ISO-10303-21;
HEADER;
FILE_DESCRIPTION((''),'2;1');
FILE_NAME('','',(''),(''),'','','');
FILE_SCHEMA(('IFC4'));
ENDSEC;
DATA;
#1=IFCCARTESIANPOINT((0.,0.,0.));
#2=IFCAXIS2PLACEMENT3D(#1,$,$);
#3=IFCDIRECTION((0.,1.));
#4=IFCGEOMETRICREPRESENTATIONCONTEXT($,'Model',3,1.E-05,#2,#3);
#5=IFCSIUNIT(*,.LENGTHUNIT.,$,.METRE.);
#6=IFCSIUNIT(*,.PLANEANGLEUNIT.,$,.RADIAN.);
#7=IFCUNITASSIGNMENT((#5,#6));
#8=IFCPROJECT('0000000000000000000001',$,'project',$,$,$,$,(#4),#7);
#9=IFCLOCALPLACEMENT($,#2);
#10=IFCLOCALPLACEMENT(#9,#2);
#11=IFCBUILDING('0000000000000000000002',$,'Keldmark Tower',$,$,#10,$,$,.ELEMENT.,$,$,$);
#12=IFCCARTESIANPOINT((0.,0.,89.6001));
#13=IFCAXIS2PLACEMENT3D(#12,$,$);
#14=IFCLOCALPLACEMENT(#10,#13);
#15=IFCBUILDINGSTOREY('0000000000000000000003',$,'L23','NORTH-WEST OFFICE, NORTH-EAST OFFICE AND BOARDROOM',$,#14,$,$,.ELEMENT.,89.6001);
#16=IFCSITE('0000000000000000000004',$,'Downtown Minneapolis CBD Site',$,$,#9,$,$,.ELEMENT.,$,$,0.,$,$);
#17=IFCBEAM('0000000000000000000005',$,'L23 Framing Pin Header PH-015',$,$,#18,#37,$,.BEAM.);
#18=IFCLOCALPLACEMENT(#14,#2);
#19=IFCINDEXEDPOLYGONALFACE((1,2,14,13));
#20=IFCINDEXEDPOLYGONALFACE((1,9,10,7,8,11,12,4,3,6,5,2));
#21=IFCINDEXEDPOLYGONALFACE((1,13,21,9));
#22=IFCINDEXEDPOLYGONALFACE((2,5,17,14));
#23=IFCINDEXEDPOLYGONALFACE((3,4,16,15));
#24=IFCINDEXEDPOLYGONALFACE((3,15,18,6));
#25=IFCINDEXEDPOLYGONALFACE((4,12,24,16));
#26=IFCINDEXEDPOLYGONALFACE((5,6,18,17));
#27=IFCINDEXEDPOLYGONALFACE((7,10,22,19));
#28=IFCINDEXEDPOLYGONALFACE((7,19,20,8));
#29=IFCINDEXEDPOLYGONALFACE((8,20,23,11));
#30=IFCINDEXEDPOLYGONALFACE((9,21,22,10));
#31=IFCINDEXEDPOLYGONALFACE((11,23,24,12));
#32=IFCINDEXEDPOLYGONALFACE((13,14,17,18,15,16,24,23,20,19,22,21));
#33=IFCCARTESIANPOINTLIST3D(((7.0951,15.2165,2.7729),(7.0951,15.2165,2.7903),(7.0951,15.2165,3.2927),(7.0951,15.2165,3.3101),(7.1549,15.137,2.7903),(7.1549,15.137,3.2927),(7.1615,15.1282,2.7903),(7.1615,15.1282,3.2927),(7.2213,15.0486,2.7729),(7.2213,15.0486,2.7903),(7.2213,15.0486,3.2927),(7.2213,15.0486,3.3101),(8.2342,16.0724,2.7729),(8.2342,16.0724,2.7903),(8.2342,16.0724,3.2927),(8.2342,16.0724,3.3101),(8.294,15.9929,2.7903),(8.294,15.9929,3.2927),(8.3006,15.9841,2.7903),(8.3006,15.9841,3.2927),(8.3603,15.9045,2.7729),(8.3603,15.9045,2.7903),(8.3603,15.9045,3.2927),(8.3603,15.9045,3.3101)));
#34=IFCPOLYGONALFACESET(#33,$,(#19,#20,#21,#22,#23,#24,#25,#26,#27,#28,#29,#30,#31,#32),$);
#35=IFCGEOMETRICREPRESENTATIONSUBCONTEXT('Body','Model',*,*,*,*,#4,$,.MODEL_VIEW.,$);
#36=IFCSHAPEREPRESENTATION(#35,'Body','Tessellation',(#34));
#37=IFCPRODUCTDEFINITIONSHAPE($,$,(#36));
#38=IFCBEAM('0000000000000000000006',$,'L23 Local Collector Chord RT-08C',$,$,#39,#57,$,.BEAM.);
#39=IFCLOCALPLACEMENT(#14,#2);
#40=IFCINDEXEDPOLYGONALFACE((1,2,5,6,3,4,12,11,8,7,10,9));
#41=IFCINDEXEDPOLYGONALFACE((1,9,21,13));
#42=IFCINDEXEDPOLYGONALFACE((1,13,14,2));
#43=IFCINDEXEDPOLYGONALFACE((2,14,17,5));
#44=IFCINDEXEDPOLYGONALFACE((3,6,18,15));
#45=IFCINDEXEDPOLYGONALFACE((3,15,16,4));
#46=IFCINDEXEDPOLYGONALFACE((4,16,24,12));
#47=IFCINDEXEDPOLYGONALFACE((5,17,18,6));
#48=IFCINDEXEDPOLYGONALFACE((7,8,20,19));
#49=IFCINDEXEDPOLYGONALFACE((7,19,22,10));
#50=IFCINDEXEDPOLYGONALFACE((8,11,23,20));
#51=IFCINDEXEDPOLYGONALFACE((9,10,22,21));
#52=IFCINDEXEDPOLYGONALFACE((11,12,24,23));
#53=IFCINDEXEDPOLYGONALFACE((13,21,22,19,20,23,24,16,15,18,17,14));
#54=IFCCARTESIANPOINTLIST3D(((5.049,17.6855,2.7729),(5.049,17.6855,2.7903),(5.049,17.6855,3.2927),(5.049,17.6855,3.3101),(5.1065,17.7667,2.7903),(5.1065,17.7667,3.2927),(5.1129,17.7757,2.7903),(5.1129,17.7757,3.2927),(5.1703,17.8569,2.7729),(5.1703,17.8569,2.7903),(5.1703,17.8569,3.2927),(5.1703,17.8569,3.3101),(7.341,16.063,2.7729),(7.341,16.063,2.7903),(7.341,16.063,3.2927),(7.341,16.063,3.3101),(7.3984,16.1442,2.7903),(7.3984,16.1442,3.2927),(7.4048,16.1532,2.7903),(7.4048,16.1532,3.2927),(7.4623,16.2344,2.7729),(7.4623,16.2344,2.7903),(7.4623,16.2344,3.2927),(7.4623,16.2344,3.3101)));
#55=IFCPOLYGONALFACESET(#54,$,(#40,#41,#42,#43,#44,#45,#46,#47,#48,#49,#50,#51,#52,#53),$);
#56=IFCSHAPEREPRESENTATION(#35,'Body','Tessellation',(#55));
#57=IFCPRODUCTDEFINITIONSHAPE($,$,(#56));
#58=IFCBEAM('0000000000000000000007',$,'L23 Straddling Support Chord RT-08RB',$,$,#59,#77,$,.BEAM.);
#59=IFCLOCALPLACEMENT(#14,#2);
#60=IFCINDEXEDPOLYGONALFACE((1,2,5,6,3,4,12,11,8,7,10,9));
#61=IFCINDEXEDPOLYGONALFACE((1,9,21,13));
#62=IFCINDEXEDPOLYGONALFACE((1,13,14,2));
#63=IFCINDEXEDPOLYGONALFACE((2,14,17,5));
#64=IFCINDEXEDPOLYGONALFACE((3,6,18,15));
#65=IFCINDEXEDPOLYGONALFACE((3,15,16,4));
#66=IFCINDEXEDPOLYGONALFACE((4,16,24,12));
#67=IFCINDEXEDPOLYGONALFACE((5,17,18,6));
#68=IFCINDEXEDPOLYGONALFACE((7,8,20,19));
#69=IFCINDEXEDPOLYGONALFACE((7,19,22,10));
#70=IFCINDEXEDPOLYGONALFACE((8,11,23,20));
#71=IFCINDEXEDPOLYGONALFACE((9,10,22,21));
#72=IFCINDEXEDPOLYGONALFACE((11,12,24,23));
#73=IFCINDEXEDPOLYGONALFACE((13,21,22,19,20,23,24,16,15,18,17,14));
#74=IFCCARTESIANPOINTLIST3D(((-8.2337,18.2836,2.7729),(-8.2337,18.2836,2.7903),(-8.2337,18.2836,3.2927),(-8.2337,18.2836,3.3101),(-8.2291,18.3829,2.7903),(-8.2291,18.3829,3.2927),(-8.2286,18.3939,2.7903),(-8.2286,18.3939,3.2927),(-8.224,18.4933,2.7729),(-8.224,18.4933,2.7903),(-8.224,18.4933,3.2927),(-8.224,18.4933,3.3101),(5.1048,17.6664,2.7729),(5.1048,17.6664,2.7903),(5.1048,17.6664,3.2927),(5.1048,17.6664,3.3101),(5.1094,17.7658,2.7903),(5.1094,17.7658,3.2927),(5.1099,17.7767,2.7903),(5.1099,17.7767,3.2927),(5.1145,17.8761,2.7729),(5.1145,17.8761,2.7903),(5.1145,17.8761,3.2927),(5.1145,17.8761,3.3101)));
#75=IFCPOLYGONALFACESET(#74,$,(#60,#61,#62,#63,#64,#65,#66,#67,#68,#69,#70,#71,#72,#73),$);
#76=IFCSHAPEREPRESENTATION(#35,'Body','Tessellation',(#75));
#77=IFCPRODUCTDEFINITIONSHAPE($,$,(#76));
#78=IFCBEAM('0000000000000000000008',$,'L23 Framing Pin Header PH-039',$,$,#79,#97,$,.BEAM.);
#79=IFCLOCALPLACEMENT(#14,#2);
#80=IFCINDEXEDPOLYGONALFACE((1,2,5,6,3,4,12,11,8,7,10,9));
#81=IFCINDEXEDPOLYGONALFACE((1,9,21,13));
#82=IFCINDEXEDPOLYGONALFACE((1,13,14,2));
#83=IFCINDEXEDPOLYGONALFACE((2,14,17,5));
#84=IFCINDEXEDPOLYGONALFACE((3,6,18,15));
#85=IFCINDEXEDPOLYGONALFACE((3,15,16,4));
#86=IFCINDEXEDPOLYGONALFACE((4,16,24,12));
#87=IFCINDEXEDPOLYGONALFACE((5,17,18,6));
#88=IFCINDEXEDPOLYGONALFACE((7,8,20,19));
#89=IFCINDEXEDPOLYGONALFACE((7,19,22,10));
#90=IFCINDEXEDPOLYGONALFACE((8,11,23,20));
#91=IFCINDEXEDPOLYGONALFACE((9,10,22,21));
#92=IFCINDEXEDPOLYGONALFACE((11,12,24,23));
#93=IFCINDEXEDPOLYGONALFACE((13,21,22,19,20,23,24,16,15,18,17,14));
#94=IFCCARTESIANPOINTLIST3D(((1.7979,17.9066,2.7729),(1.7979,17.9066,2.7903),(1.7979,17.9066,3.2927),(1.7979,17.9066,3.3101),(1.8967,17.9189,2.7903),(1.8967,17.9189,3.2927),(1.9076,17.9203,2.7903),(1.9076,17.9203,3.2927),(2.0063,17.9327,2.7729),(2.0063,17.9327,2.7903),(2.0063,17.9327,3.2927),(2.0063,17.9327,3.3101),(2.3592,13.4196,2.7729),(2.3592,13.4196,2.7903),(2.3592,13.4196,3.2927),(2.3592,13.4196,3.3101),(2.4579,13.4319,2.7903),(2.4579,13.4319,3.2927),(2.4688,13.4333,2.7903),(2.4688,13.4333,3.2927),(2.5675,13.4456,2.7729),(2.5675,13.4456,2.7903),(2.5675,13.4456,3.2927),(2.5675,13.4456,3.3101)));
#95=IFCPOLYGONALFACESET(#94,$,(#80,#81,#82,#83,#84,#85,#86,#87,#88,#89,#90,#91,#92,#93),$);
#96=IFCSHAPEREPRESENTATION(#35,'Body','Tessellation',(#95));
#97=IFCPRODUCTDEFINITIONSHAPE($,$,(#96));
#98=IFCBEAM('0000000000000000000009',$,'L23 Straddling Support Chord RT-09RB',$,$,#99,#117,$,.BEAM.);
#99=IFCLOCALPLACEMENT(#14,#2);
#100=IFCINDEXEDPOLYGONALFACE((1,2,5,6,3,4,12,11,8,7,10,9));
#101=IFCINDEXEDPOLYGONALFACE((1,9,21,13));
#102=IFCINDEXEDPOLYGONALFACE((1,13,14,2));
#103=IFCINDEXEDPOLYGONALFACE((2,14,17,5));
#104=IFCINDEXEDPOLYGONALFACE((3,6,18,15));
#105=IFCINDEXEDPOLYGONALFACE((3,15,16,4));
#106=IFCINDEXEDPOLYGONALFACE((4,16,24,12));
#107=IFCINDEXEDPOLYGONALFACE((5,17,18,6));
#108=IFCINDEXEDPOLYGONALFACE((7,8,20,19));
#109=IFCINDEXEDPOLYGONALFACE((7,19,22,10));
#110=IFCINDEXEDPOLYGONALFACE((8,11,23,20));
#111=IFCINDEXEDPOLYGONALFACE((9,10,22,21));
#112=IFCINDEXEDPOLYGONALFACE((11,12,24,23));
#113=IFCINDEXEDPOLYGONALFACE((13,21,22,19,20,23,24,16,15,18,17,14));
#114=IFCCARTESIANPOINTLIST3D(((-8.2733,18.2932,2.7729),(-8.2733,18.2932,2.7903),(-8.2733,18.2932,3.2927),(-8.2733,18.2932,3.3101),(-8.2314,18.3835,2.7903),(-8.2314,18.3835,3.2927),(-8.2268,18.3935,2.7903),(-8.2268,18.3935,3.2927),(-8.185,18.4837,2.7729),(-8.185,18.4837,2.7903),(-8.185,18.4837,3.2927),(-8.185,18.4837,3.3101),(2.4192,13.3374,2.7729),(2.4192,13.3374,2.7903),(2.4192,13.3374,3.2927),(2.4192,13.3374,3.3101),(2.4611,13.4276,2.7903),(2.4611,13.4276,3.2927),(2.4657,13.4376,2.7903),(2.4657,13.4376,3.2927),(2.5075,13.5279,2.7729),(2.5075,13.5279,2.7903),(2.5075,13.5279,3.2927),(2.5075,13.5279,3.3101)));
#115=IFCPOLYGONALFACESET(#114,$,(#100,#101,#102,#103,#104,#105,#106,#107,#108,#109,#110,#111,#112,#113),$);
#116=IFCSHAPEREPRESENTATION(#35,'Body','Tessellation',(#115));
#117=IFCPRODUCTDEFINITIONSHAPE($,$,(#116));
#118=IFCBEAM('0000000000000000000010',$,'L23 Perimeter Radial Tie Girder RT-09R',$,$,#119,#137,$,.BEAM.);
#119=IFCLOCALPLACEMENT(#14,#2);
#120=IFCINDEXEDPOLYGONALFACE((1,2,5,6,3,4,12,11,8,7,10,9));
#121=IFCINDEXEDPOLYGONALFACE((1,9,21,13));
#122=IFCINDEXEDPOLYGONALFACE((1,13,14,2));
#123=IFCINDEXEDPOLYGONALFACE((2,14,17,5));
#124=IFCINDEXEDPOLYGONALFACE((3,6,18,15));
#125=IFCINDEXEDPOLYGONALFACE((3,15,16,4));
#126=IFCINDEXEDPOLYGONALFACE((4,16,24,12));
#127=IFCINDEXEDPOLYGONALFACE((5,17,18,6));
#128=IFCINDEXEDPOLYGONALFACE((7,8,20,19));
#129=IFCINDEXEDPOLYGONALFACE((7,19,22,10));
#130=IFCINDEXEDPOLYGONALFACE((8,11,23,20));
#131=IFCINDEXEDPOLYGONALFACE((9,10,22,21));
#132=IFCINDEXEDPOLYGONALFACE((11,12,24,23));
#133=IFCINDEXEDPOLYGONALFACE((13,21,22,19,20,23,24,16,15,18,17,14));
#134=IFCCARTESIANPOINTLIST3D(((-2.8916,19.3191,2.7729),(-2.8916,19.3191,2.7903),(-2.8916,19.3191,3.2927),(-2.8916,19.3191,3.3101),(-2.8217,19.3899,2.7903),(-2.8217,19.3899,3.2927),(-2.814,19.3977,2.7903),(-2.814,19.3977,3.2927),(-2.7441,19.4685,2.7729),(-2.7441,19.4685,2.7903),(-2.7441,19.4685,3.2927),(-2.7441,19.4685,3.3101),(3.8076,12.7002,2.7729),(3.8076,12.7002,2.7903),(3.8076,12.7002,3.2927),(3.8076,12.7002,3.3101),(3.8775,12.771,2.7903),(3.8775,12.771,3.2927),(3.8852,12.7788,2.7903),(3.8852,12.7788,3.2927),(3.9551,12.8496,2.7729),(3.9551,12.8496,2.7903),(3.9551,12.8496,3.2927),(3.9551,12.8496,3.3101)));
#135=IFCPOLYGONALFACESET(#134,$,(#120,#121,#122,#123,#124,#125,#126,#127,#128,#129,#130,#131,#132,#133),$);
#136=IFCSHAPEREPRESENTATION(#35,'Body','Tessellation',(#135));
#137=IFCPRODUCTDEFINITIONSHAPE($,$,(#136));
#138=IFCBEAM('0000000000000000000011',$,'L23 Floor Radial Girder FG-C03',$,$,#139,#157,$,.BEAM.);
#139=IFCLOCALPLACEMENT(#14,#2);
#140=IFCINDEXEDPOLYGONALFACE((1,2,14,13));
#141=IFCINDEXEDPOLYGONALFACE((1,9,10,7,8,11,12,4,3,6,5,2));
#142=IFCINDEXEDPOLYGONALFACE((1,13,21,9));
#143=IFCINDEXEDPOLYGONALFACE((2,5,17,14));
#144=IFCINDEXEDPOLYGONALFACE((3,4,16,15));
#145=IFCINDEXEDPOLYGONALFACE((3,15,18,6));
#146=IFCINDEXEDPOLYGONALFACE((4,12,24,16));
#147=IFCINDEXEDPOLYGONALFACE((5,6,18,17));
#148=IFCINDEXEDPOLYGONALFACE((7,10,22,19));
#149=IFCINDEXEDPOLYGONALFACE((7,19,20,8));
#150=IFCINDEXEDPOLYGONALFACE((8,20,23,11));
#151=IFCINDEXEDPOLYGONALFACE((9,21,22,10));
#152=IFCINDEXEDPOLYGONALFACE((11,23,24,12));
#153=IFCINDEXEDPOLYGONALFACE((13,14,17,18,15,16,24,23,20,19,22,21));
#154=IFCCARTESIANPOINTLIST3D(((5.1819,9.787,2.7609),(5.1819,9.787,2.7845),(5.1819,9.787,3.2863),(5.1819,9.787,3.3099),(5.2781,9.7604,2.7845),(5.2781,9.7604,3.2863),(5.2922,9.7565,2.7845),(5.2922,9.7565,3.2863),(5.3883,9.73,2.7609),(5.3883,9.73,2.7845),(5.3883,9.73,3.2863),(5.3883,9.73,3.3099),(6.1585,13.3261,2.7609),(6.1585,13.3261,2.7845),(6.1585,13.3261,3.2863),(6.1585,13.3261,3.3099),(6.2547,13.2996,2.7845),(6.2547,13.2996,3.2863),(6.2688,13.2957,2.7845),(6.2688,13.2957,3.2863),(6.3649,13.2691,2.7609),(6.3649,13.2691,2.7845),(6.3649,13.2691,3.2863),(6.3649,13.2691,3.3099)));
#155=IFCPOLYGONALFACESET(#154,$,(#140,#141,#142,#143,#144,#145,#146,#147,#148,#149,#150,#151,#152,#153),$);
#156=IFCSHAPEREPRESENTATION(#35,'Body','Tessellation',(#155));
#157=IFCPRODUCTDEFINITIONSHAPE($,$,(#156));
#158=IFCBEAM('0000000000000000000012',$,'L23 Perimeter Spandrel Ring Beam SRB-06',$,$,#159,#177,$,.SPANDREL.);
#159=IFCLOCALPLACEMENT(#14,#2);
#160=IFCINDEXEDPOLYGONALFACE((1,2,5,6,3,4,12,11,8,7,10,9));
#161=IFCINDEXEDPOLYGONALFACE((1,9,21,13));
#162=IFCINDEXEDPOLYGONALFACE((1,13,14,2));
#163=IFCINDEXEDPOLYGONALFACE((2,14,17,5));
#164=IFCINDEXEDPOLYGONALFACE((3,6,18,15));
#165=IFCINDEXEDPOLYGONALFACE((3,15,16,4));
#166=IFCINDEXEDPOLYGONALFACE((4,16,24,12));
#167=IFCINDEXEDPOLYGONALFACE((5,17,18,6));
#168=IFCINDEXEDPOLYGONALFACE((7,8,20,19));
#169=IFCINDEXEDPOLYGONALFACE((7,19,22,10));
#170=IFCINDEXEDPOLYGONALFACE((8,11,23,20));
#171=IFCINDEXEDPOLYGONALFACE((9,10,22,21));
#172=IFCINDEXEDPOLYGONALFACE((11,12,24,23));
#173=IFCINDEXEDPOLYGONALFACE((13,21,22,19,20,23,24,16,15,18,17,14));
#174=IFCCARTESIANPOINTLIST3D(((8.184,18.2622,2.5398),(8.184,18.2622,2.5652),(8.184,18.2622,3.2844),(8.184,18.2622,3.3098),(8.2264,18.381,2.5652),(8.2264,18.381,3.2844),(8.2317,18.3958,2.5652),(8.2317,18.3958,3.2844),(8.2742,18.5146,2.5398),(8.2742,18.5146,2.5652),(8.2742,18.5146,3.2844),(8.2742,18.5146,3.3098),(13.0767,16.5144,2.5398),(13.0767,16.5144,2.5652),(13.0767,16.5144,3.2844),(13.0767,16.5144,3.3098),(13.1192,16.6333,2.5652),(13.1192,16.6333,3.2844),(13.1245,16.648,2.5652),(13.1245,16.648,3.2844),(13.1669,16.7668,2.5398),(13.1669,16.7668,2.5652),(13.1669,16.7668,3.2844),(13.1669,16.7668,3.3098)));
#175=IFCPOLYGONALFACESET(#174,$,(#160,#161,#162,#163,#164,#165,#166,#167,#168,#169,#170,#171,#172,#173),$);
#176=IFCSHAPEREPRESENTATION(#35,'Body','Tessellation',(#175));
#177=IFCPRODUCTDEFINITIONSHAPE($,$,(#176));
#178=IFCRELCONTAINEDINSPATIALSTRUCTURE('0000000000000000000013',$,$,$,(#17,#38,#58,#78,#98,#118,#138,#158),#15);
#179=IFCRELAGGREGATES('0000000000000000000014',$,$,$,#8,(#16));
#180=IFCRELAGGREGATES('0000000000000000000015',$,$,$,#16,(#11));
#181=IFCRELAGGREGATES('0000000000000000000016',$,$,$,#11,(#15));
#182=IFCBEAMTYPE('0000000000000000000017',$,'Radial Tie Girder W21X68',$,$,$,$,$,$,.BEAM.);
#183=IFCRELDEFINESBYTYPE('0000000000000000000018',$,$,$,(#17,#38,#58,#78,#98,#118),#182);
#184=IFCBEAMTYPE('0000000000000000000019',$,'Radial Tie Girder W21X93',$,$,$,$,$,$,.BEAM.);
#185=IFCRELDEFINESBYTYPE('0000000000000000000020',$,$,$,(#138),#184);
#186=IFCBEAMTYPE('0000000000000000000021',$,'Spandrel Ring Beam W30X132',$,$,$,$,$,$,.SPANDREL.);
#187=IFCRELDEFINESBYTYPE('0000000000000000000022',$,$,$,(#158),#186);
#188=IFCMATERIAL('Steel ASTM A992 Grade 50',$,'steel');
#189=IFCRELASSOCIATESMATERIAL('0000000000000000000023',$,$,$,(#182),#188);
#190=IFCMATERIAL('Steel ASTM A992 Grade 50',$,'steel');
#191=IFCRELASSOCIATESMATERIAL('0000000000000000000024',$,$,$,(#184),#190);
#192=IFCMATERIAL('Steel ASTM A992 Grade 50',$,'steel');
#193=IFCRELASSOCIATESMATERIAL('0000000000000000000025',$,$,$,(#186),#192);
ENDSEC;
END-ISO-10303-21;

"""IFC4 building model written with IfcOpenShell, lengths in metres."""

from ifc_helpers import new_model, si_unit, direction, frame, origin, origin_2d, place, context, subcontext, project, spatial, i_section, extrude, material, material_profile, profile_set, type_object, element, save


model = new_model("IFC4")

# Units and contexts
model_context = context("Model", 3, precision=1e-05, world=origin(), true_north=direction((0.0, 1.0)))
body_context = subcontext(model_context, "Body", "Model", "MODEL_VIEW")
ifc_project = project(units=[si_unit("LENGTHUNIT", "METRE"), si_unit("PLANEANGLEUNIT", "RADIAN")], contexts=[model_context])

# Site, building, storey
site_placement = place(None, origin())
site = spatial("IfcSite", under=ifc_project, at=site_placement, Name="Downtown Minneapolis CBD Site", CompositionType="ELEMENT", RefElevation=0.0)
building_placement = place(site_placement, origin())
building = spatial("IfcBuilding", under=site, at=building_placement, Name="Keldmark Tower", CompositionType="ELEMENT")
storey_placement = place(building_placement, frame((0.0, 0.0, 89.6001)))
storey = spatial("IfcBuildingStorey", under=building, at=storey_placement, Name="L23", Description="NORTH-WEST OFFICE, NORTH-EAST OFFICE AND BOARDROOM", CompositionType="ELEMENT", Elevation=89.6001)

# Beams
ifc_material_1 = material(Name="Steel ASTM A992 Grade 50", Category="steel")
ifc_material_profile_1 = material_profile(ifc_material_1, i_section(OverallWidth=0.21, OverallDepth=0.5371, WebThickness=0.011, FlangeThickness=0.0173, at=origin_2d()), Name="W21X68")
ifc_profile_set_1 = profile_set([ifc_material_profile_1], Name="Steel ASTM A992 Grade 50")
beam_type_1 = type_object("IfcBeamType", Name="Radial Tie Girder W21X68", PredefinedType="BEAM", material=ifc_profile_set_1)
beam_1_placement = place(storey_placement, frame((7.1582, 15.1326, 3.0415), z_axis=(0.799465, 0.600713, 0.0), x_axis=(-0.600713, 0.799465, 0.0)))
element("IfcBeam", 1, at=beam_1_placement, inside=storey, type_object=beam_type_1, Name="L23 Framing Pin Header PH-015", PredefinedType="BEAM", context=body_context, shape_type="SweptSolid", body=[
    extrude(i_section(OverallWidth=0.21, OverallDepth=0.5371, WebThickness=0.011, FlangeThickness=0.0173, at=origin_2d()), origin(), (0.0, 0.0, 1.0), 1.4248),
])
beam_2_placement = place(storey_placement, frame((7.4016, 16.1487, 3.0415), z_axis=(-0.816182, 0.577795, 0.0), x_axis=(-0.577795, -0.816182, 0.0)))
element("IfcBeam", 2, at=beam_2_placement, inside=storey, type_object=beam_type_1, Name="L23 Local Collector Chord RT-08C", PredefinedType="BEAM", context=body_context, shape_type="SweptSolid", body=[
    extrude(i_section(OverallWidth=0.21, OverallDepth=0.5371, WebThickness=0.011, FlangeThickness=0.0173, at=origin_2d()), origin(), (0.0, 0.0, 1.0), 2.8081),
])
beam_3_placement = place(storey_placement, frame((5.1096, 17.7712, 3.0415), z_axis=(-0.998931, 0.046221, 0.0), x_axis=(-0.046221, -0.998931, 0.0)))
element("IfcBeam", 3, at=beam_3_placement, inside=storey, type_object=beam_type_1, Name="L23 Straddling Support Chord RT-08RB", PredefinedType="BEAM", context=body_context, shape_type="SweptSolid", body=[
    extrude(i_section(OverallWidth=0.21, OverallDepth=0.5371, WebThickness=0.011, FlangeThickness=0.0173, at=origin_2d()), origin(), (0.0, 0.0, 1.0), 13.3528),
])
beam_4_placement = place(storey_placement, frame((2.4634, 13.4326, 3.0415), z_axis=(-0.124121, 0.992267, 0.0), x_axis=(-0.992267, -0.124121, 0.0)))
element("IfcBeam", 4, at=beam_4_placement, inside=storey, type_object=beam_type_1, Name="L23 Framing Pin Header PH-039", PredefinedType="BEAM", context=body_context, shape_type="SweptSolid", body=[
    extrude(i_section(OverallWidth=0.21, OverallDepth=0.5371, WebThickness=0.011, FlangeThickness=0.0173, at=origin_2d()), origin(), (0.0, 0.0, 1.0), 4.522),
])
beam_5_placement = place(storey_placement, frame((2.4634, 13.4326, 3.0415), z_axis=(-0.907285, 0.420517, 0.0), x_axis=(-0.420517, -0.907285, 0.0)))
element("IfcBeam", 5, at=beam_5_placement, inside=storey, type_object=beam_type_1, Name="L23 Straddling Support Chord RT-09RB", PredefinedType="BEAM", context=body_context, shape_type="SweptSolid", body=[
    extrude(i_section(OverallWidth=0.21, OverallDepth=0.5371, WebThickness=0.011, FlangeThickness=0.0173, at=origin_2d()), origin(), (0.0, 0.0, 1.0), 11.7852),
])
beam_6_placement = place(storey_placement, frame((3.8813, 12.7749, 3.0415), z_axis=(-0.711358, 0.702829, 0.0), x_axis=(-0.702829, -0.711358, 0.0)))
element("IfcBeam", 6, at=beam_6_placement, inside=storey, type_object=beam_type_1, Name="L23 Perimeter Radial Tie Girder RT-09R", PredefinedType="BEAM", context=body_context, shape_type="SweptSolid", body=[
    extrude(i_section(OverallWidth=0.21, OverallDepth=0.5371, WebThickness=0.011, FlangeThickness=0.0173, at=origin_2d()), origin(), (0.0, 0.0, 1.0), 9.4175),
])
ifc_material_2 = material(Name="Steel ASTM A992 Grade 50", Category="steel")
ifc_material_profile_2 = material_profile(ifc_material_2, i_section(OverallWidth=0.2141, OverallDepth=0.5491, WebThickness=0.0146, FlangeThickness=0.0237, at=origin_2d()), Name="W21X93")
ifc_profile_set_2 = profile_set([ifc_material_profile_2], Name="Steel ASTM A992 Grade 50")
beam_type_2 = type_object("IfcBeamType", Name="Radial Tie Girder W21X93", PredefinedType="BEAM", material=ifc_profile_set_2)
beam_7_placement = place(storey_placement, frame((6.2617, 13.2976, 3.0354), z_axis=(-0.265997, -0.963974, 0.0), x_axis=(0.963974, -0.265997, 0.0)))
element("IfcBeam", 7, at=beam_7_placement, inside=storey, type_object=beam_type_2, Name="L23 Floor Radial Girder FG-C03", PredefinedType="BEAM", context=body_context, shape_type="SweptSolid", body=[
    extrude(i_section(OverallWidth=0.2141, OverallDepth=0.5491, WebThickness=0.0146, FlangeThickness=0.0237, at=origin_2d()), origin(), (0.0, 0.0, 1.0), 3.6714),
])
ifc_material_3 = material(Name="Steel ASTM A992 Grade 50", Category="steel")
ifc_material_profile_3 = material_profile(ifc_material_3, i_section(OverallWidth=0.2681, OverallDepth=0.77, WebThickness=0.0156, FlangeThickness=0.0254, at=origin_2d()), Name="W30X132")
ifc_profile_set_3 = profile_set([ifc_material_profile_3], Name="Steel ASTM A992 Grade 50")
beam_type_3 = type_object("IfcBeamType", Name="Spandrel Ring Beam W30X132", PredefinedType="SPANDREL", material=ifc_profile_set_3)
beam_8_placement = place(storey_placement, frame((13.1218, 16.6406, 2.9248), z_axis=(-0.94172, 0.336399, 0.0), x_axis=(-0.336399, -0.94172, 0.0)))
element("IfcBeam", 8, at=beam_8_placement, inside=storey, type_object=beam_type_3, Name="L23 Perimeter Spandrel Ring Beam SRB-06", PredefinedType="SPANDREL", context=body_context, shape_type="SweptSolid", body=[
    extrude(i_section(OverallWidth=0.2681, OverallDepth=0.77, WebThickness=0.0156, FlangeThickness=0.0254, at=origin_2d()), origin(), (0.0, 0.0, 1.0), 5.1956),
])

save(model, "model.ifc")
